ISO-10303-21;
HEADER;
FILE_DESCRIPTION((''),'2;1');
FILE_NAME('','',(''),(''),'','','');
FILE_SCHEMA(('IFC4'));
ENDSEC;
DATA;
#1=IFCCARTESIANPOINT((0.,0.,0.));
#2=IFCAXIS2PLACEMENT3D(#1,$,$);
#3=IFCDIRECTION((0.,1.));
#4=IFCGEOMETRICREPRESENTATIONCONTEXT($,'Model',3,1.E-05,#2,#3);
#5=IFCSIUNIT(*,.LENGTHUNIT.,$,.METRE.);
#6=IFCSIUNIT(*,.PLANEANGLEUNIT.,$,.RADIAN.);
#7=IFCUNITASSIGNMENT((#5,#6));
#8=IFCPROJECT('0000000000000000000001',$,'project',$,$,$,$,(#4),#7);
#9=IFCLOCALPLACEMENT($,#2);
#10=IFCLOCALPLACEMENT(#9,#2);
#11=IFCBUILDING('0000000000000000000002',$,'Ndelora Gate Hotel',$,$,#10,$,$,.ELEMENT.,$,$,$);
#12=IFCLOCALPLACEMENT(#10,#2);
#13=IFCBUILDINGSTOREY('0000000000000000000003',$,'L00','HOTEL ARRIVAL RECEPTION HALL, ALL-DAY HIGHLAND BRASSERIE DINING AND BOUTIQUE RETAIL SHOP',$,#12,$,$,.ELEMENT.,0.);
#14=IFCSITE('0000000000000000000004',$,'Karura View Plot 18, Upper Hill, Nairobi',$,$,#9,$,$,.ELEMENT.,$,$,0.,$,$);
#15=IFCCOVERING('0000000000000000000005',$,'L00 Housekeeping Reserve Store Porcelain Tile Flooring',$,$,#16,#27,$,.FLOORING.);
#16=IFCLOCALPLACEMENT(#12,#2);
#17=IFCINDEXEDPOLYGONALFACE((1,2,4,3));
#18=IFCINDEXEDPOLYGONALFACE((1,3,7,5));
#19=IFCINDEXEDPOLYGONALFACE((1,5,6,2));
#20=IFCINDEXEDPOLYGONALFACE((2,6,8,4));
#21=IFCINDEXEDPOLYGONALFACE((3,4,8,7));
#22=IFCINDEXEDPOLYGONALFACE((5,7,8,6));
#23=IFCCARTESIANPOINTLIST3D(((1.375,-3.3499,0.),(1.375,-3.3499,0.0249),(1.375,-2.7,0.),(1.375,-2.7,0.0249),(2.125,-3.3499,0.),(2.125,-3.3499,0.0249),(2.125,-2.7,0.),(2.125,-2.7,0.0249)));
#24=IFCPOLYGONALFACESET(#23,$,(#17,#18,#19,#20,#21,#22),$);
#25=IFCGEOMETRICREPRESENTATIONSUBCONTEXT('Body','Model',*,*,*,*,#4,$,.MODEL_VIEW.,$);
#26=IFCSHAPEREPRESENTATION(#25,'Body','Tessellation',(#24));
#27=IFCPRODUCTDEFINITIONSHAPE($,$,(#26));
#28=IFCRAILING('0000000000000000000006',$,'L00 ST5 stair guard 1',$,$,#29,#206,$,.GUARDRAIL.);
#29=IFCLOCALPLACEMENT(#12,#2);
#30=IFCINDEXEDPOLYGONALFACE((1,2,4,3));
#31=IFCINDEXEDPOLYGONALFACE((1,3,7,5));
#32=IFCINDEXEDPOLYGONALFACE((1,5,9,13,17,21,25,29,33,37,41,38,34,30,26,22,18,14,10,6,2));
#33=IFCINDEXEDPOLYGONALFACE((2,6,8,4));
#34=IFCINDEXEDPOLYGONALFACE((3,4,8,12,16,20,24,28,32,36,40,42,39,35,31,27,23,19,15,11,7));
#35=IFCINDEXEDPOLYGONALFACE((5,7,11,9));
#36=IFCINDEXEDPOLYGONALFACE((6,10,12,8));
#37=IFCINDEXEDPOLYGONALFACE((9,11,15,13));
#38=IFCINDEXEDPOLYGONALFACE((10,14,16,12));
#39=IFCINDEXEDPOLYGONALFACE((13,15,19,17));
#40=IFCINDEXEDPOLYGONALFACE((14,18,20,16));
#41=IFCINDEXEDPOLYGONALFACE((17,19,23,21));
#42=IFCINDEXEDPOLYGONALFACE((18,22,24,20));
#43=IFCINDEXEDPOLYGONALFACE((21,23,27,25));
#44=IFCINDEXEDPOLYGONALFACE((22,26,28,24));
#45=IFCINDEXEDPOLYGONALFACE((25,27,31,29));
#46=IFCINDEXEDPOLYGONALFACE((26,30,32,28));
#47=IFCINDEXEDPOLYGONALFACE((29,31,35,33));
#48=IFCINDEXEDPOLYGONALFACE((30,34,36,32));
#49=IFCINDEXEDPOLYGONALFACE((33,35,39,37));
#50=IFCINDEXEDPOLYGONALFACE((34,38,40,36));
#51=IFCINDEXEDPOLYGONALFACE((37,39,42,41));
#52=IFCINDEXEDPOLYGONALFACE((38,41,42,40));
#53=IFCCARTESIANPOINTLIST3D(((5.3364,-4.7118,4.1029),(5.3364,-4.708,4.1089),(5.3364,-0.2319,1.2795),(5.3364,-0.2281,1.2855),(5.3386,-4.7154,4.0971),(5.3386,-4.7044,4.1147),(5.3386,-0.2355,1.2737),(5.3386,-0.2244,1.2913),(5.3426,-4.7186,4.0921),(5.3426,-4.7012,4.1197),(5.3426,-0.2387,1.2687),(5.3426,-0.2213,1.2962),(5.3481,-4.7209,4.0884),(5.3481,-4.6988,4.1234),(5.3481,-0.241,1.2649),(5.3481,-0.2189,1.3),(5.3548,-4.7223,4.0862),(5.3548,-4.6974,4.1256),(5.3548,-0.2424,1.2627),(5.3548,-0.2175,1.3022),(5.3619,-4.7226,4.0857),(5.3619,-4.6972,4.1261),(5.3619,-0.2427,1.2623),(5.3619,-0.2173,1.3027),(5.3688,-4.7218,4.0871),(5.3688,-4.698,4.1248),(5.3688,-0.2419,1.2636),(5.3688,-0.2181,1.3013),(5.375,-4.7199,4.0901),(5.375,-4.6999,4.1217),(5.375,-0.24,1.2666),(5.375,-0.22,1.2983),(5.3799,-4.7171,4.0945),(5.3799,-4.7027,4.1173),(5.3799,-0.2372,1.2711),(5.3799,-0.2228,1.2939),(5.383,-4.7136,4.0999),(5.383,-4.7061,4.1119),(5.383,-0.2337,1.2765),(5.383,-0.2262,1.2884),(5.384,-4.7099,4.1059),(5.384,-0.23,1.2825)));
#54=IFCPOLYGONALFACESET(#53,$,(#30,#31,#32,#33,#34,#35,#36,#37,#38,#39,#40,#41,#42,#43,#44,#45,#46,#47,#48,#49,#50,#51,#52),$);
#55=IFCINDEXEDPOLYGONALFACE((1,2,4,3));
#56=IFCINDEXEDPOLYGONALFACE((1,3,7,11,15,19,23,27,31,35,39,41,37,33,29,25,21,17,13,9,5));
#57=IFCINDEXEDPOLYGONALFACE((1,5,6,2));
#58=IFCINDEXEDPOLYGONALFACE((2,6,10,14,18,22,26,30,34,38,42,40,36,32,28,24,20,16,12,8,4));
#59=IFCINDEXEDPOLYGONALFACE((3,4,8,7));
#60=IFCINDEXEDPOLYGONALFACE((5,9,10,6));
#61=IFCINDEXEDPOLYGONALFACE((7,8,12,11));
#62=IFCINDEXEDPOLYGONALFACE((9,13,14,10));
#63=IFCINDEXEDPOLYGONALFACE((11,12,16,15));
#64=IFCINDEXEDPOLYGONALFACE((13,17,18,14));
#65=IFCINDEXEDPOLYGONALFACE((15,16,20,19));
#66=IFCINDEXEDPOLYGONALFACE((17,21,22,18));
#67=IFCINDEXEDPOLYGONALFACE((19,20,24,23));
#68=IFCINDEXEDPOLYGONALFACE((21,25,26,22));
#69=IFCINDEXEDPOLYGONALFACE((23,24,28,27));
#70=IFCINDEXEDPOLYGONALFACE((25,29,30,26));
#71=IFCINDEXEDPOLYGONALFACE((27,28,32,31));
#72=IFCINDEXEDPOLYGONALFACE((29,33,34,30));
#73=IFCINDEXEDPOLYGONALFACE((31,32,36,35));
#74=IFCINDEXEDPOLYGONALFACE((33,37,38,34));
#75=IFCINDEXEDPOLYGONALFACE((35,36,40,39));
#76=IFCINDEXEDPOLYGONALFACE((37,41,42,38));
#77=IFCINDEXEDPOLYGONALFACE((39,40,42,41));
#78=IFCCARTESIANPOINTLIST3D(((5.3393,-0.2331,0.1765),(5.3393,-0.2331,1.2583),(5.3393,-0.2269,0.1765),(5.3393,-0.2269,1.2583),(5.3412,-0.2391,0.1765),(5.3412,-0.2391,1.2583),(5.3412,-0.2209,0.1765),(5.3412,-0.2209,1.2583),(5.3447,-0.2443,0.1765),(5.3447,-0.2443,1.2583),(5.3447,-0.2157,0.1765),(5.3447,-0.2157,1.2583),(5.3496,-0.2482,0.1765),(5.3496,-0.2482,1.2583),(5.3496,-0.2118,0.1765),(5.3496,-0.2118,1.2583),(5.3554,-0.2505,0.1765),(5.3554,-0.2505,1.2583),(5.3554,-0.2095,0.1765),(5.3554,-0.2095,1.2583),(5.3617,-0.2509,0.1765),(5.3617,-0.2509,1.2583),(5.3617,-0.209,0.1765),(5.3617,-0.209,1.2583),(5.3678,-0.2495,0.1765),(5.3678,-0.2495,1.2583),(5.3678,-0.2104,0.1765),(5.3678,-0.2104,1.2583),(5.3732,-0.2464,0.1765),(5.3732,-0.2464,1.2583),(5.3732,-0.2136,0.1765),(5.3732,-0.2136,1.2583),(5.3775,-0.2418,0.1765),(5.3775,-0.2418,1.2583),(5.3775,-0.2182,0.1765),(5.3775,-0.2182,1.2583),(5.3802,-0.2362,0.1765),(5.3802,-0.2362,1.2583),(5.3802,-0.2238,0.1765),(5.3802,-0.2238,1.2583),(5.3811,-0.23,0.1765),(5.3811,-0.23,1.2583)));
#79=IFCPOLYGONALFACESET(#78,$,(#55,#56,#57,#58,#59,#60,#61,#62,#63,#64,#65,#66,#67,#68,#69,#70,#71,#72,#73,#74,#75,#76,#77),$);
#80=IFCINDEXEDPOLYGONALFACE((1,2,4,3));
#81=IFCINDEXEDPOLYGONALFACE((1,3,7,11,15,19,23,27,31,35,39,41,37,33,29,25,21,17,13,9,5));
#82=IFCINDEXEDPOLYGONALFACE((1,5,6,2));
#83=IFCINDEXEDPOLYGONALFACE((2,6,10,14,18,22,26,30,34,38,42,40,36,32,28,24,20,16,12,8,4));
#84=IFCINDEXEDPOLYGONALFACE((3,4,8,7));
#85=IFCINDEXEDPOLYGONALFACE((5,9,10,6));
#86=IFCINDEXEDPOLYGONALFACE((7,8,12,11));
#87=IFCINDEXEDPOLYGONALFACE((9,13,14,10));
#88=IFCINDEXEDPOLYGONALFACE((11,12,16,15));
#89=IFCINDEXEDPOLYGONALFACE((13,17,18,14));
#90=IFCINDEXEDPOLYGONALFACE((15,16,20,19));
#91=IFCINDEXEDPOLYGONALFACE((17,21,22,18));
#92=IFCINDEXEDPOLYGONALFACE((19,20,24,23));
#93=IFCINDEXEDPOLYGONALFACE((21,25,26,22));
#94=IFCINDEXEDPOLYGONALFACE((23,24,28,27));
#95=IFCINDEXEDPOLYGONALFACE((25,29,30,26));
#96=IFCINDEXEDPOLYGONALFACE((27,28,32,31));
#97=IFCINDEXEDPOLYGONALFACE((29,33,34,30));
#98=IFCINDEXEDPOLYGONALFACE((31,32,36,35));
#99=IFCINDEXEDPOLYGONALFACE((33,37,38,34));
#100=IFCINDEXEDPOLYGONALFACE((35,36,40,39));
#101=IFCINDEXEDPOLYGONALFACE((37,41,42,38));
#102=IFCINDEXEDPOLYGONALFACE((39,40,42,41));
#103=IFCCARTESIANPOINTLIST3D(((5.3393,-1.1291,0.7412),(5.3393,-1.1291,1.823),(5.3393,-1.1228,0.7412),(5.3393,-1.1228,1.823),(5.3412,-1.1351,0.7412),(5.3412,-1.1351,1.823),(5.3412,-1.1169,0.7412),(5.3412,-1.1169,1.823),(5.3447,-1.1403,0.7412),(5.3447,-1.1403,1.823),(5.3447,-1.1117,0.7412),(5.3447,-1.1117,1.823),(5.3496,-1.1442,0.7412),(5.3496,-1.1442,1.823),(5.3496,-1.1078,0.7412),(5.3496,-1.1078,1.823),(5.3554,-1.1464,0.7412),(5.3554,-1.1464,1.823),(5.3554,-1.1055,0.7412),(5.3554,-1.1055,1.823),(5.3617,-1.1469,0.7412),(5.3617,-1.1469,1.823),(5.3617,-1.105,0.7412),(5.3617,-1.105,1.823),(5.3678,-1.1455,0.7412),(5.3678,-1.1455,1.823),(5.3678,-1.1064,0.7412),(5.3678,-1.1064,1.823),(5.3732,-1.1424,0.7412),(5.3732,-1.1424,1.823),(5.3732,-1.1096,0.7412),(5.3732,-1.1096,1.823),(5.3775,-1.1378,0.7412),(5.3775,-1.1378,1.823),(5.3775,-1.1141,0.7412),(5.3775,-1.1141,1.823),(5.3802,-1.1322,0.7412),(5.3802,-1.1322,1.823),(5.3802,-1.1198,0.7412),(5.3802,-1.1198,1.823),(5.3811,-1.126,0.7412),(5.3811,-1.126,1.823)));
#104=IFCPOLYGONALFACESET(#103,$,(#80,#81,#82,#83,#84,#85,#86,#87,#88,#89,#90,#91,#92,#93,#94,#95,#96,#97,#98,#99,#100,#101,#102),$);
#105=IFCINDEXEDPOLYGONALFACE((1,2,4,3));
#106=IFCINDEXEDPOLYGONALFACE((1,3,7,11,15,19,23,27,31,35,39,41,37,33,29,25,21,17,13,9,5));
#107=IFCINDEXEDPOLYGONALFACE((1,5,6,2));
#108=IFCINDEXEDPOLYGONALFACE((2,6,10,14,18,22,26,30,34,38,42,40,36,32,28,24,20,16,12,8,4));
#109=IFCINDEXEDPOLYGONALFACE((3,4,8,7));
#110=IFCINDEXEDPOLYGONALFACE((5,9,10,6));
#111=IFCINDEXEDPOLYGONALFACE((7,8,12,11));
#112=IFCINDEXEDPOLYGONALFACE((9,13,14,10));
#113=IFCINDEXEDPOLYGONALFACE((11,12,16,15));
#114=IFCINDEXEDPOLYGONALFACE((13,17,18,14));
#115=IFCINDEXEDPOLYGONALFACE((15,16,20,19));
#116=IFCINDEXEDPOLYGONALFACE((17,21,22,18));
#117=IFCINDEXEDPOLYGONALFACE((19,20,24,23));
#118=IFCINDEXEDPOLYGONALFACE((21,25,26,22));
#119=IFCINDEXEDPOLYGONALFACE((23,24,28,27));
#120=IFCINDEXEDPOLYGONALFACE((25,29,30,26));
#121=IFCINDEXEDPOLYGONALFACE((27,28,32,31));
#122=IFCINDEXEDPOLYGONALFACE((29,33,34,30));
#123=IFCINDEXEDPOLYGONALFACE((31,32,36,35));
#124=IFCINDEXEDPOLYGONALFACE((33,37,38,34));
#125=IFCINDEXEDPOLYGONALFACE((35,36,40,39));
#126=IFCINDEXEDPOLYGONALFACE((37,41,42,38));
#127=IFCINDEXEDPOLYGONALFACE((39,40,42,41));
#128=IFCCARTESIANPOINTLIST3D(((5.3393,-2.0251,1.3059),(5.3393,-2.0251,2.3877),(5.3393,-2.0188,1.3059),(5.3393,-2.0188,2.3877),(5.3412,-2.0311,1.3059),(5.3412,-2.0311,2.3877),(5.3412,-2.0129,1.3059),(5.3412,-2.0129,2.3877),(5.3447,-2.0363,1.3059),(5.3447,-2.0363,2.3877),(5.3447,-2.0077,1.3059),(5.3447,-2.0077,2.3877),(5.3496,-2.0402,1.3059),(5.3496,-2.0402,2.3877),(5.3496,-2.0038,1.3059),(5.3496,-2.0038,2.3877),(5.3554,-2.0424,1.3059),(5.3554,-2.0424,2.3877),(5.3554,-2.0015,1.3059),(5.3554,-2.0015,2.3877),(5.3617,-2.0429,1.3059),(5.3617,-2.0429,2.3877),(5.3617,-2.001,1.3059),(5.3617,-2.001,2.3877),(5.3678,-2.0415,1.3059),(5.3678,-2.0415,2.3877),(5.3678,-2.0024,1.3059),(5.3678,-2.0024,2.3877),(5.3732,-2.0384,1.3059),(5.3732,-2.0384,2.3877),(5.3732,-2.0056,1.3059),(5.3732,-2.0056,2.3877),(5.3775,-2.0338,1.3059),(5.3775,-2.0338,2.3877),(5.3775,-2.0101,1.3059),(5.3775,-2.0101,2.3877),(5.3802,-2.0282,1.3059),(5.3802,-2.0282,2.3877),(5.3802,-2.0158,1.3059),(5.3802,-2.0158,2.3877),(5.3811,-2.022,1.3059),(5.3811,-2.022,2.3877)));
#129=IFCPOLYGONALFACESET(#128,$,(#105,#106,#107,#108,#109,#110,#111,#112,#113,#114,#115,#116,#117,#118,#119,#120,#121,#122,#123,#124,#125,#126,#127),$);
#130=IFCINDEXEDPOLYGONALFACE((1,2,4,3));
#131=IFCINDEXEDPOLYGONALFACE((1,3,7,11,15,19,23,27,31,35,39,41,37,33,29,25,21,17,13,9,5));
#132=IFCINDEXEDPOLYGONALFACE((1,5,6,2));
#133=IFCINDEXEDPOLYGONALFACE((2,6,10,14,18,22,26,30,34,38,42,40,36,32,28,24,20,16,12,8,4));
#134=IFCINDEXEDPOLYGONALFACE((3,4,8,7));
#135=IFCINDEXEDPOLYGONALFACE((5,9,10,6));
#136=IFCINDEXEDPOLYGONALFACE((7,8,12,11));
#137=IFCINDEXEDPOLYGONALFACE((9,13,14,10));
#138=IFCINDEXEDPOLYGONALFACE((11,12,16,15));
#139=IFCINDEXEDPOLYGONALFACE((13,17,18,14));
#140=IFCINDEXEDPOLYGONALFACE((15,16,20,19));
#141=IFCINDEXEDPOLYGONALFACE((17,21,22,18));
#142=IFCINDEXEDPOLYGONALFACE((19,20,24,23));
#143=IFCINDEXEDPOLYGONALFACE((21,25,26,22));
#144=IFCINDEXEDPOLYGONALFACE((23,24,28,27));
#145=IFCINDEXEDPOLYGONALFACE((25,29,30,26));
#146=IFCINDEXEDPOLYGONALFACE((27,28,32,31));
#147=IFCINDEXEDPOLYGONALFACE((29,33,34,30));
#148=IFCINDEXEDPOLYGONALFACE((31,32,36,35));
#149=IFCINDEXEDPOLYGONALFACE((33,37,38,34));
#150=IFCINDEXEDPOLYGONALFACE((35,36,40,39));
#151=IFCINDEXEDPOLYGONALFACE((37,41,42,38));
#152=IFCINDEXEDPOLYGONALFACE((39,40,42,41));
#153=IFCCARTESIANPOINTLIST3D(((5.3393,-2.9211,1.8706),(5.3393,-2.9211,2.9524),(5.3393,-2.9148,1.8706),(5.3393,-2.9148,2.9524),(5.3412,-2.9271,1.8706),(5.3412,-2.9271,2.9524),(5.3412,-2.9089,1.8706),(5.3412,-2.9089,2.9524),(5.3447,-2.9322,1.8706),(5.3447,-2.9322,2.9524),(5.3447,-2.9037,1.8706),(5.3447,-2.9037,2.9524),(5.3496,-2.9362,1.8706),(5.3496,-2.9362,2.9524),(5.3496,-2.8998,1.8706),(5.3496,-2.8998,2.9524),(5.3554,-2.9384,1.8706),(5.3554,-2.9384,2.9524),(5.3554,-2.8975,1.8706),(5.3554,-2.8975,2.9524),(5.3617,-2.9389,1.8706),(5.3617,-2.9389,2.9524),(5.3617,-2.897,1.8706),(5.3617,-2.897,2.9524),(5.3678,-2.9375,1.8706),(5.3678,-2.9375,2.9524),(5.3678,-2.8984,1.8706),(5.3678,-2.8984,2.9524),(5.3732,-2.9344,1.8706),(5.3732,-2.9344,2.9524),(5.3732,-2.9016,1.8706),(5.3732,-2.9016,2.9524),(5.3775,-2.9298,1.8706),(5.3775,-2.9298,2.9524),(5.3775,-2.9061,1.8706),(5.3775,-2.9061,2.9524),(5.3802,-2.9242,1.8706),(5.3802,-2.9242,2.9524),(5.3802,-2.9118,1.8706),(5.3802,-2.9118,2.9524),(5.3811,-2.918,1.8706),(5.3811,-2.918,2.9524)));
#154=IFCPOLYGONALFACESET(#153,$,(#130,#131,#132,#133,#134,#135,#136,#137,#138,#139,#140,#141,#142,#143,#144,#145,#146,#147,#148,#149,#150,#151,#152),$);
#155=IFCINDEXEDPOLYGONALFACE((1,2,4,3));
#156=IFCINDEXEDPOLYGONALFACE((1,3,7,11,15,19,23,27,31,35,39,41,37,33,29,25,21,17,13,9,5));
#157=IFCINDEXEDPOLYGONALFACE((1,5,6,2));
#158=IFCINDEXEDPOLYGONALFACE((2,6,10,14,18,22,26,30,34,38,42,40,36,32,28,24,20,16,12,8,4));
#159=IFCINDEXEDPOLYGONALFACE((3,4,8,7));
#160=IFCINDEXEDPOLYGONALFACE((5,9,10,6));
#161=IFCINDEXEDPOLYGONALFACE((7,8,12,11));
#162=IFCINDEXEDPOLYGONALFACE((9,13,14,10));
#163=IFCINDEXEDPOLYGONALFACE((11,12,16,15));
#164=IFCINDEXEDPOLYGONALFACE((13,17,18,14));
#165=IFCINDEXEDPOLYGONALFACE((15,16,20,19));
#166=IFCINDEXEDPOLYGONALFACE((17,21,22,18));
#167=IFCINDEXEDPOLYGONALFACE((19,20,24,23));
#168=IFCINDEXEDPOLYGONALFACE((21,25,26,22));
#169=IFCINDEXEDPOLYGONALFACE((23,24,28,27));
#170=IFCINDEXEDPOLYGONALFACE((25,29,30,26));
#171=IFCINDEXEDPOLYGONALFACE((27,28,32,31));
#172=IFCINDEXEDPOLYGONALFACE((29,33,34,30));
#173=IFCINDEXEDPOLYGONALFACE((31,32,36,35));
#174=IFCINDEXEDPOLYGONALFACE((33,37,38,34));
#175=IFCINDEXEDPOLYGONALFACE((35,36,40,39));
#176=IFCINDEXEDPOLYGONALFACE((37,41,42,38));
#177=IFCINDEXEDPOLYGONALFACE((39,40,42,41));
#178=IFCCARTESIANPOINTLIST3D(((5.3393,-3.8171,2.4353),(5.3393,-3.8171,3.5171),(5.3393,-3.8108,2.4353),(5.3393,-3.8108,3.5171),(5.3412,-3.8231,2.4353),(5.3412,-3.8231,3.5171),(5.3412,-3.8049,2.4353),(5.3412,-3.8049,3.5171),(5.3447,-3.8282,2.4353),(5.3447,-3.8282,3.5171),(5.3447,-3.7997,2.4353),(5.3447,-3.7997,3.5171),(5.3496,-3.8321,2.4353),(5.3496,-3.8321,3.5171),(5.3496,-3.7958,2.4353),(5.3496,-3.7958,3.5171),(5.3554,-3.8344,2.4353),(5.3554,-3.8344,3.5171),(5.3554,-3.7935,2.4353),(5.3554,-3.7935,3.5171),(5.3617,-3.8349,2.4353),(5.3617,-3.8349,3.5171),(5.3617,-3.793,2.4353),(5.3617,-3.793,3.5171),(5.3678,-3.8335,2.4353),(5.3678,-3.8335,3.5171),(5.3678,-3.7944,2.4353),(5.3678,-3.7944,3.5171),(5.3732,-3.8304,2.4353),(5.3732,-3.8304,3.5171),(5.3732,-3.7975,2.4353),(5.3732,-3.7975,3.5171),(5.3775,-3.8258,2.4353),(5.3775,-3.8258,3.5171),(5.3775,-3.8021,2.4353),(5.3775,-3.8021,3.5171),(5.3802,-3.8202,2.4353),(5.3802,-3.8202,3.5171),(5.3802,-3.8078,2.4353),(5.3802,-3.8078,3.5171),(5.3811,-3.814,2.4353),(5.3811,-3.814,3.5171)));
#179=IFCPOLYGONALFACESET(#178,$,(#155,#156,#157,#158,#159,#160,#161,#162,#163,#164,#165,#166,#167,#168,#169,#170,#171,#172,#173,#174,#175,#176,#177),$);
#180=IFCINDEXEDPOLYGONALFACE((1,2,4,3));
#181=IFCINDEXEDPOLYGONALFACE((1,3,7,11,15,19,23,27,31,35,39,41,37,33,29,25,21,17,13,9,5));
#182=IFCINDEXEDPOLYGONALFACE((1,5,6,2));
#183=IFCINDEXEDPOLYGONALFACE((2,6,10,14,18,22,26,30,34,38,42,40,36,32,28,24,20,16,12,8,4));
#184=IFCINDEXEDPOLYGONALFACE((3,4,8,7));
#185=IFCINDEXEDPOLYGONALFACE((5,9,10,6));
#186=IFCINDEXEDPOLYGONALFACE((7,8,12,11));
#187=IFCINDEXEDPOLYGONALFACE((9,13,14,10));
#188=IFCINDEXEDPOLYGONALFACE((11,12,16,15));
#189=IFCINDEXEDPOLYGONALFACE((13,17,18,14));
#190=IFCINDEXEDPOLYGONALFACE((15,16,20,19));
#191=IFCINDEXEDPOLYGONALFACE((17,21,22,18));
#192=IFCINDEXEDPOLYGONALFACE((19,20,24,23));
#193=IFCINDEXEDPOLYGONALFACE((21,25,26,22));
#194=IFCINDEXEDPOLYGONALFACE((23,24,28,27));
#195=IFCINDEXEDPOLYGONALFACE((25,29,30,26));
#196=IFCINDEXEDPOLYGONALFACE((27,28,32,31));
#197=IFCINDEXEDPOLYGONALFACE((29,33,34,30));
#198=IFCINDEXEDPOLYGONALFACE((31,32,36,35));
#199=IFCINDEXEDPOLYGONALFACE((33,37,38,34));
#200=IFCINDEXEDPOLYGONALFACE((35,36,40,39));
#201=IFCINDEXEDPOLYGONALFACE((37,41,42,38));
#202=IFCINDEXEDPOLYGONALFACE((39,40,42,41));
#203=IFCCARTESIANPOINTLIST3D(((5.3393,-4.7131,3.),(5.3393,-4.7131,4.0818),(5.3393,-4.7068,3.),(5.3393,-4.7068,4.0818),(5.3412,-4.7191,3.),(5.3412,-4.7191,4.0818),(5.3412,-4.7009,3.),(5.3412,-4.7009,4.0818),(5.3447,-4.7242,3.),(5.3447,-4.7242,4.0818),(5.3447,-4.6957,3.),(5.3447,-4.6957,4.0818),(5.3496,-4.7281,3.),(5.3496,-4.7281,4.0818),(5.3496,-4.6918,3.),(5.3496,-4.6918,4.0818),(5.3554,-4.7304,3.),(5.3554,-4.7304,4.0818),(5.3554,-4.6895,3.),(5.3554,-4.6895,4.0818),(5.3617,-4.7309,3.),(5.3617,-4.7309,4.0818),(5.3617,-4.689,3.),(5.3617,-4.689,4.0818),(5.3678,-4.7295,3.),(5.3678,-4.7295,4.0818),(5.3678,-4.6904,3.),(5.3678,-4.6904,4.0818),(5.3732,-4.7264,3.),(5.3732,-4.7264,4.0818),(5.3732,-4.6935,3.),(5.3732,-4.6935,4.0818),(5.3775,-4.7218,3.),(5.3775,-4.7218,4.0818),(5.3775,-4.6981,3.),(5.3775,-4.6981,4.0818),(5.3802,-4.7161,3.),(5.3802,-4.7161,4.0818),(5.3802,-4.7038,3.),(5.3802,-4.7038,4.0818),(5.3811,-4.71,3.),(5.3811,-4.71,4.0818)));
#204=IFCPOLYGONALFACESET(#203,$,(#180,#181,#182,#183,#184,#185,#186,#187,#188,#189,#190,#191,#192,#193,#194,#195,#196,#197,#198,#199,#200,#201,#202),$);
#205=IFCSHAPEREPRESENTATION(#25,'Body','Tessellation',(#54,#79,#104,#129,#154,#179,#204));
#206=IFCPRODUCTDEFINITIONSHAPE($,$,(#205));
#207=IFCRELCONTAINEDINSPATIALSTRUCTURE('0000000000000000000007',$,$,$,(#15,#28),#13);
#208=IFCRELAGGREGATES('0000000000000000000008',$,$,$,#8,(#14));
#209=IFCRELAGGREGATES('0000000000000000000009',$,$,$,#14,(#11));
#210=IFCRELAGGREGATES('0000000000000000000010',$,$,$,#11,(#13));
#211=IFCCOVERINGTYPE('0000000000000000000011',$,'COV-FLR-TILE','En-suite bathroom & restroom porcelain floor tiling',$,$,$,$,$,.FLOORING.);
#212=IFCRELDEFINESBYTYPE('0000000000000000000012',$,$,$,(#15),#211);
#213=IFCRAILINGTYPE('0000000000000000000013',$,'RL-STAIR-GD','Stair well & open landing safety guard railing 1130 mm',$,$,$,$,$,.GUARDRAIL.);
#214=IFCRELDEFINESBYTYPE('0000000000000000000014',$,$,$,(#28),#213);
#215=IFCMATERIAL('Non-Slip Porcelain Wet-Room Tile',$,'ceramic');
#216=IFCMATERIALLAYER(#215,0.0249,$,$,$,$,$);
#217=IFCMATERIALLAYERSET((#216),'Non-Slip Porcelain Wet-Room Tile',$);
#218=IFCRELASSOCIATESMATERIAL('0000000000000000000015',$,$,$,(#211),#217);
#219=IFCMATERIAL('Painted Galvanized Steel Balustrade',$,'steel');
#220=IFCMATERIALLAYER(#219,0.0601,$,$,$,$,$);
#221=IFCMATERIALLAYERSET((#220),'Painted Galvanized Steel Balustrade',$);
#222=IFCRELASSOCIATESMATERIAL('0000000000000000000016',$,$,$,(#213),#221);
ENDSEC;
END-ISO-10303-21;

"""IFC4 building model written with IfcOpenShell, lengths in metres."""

from ifc_helpers import new_model, si_unit, direction, frame, origin, origin_2d, place, context, subcontext, project, spatial, rectangle, circle, extrude, material, layer, layer_set, type_object, element, save


model = new_model("IFC4")

# Units and contexts
model_context = context("Model", 3, precision=1e-05, world=origin(), true_north=direction((0.0, 1.0)))
body_context = subcontext(model_context, "Body", "Model", "MODEL_VIEW")
ifc_project = project(units=[si_unit("LENGTHUNIT", "METRE"), si_unit("PLANEANGLEUNIT", "RADIAN")], contexts=[model_context])

# Site, building, storey
site_placement = place(None, origin())
site = spatial("IfcSite", under=ifc_project, at=site_placement, Name="Karura View Plot 18, Upper Hill, Nairobi", CompositionType="ELEMENT", RefElevation=0.0)
building_placement = place(site_placement, origin())
building = spatial("IfcBuilding", under=site, at=building_placement, Name="Ndelora Gate Hotel", CompositionType="ELEMENT")
storey_placement = place(building_placement, origin())
storey = spatial("IfcBuildingStorey", under=building, at=storey_placement, Name="L00", Description="HOTEL ARRIVAL RECEPTION HALL, ALL-DAY HIGHLAND BRASSERIE DINING AND BOUTIQUE RETAIL SHOP", CompositionType="ELEMENT", Elevation=0.0)

# Covering
ifc_material_1 = material(Name="Non-Slip Porcelain Wet-Room Tile", Category="ceramic")
ifc_layer_1 = layer(ifc_material_1, 0.0249)
ifc_layer_set_1 = layer_set([ifc_layer_1], Name="Non-Slip Porcelain Wet-Room Tile")
covering_type = type_object("IfcCoveringType", Name="COV-FLR-TILE", Description="En-suite bathroom & restroom porcelain floor tiling", PredefinedType="FLOORING", material=ifc_layer_set_1)
for number, where, z_axis, x_axis, name in (
    (1, (1.75, -3.0249, 0.0), (0.0, 0.0, 1.0), (1.0, 0.0, 0.0), "L00 Housekeeping Reserve Store Porcelain Tile Flooring"),
):
    element("IfcCovering", number, at=place(storey_placement, frame(where, z_axis=z_axis, x_axis=x_axis)), inside=storey, type_object=covering_type, Name=name, PredefinedType="FLOORING", context=body_context, shape_type="SweptSolid", body=[
        extrude(rectangle(XDim=0.75, YDim=0.6499, at=origin_2d()), origin(), (0.0, 0.0, 1.0), 0.0249),
    ])

# Railing
ifc_material_2 = material(Name="Painted Galvanized Steel Balustrade", Category="steel")
ifc_layer_2 = layer(ifc_material_2, 0.0601)
ifc_layer_set_2 = layer_set([ifc_layer_2], Name="Painted Galvanized Steel Balustrade")
railing_type_1 = type_object("IfcRailingType", Name="RL-STAIR-GD", Description="Stair well & open landing safety guard railing 1130 mm", PredefinedType="GUARDRAIL", material=ifc_layer_set_2)
railing_1_placement = place(storey_placement, frame((5.3601, -0.23, 0.1765)))
element("IfcRailing", 2, at=railing_1_placement, inside=storey, type_object=railing_type_1, Name="L00 ST5 stair guard 1", PredefinedType="GUARDRAIL", context=body_context, shape_type="SweptSolid", body=[
    extrude(circle(Radius=0.0239, at=origin_2d()), frame((0.0, 0.0, 1.106), z_axis=(0.0, -0.845998, 0.533186), x_axis=(1.0, 0.0, 0.0)), (0.0, 0.0, 1.0), 5.2954),
    extrude(circle(Radius=0.021, at=origin_2d()), origin(), (0.0, 0.0, 1.0), 1.0818),
    extrude(circle(Radius=0.021, at=origin_2d()), frame((0.0, -0.896, 0.5647)), (0.0, 0.0, 1.0), 1.0818),
    extrude(circle(Radius=0.021, at=origin_2d()), frame((0.0, -1.792, 1.1294)), (0.0, 0.0, 1.0), 1.0818),
    extrude(circle(Radius=0.021, at=origin_2d()), frame((0.0, -2.688, 1.6941)), (0.0, 0.0, 1.0), 1.0818),
    extrude(circle(Radius=0.021, at=origin_2d()), frame((0.0, -3.584, 2.2588)), (0.0, 0.0, 1.0), 1.0818),
    extrude(circle(Radius=0.021, at=origin_2d()), frame((0.0, -4.48, 2.8235)), (0.0, 0.0, 1.0), 1.0818),
])

save(model, "model.ifc")
